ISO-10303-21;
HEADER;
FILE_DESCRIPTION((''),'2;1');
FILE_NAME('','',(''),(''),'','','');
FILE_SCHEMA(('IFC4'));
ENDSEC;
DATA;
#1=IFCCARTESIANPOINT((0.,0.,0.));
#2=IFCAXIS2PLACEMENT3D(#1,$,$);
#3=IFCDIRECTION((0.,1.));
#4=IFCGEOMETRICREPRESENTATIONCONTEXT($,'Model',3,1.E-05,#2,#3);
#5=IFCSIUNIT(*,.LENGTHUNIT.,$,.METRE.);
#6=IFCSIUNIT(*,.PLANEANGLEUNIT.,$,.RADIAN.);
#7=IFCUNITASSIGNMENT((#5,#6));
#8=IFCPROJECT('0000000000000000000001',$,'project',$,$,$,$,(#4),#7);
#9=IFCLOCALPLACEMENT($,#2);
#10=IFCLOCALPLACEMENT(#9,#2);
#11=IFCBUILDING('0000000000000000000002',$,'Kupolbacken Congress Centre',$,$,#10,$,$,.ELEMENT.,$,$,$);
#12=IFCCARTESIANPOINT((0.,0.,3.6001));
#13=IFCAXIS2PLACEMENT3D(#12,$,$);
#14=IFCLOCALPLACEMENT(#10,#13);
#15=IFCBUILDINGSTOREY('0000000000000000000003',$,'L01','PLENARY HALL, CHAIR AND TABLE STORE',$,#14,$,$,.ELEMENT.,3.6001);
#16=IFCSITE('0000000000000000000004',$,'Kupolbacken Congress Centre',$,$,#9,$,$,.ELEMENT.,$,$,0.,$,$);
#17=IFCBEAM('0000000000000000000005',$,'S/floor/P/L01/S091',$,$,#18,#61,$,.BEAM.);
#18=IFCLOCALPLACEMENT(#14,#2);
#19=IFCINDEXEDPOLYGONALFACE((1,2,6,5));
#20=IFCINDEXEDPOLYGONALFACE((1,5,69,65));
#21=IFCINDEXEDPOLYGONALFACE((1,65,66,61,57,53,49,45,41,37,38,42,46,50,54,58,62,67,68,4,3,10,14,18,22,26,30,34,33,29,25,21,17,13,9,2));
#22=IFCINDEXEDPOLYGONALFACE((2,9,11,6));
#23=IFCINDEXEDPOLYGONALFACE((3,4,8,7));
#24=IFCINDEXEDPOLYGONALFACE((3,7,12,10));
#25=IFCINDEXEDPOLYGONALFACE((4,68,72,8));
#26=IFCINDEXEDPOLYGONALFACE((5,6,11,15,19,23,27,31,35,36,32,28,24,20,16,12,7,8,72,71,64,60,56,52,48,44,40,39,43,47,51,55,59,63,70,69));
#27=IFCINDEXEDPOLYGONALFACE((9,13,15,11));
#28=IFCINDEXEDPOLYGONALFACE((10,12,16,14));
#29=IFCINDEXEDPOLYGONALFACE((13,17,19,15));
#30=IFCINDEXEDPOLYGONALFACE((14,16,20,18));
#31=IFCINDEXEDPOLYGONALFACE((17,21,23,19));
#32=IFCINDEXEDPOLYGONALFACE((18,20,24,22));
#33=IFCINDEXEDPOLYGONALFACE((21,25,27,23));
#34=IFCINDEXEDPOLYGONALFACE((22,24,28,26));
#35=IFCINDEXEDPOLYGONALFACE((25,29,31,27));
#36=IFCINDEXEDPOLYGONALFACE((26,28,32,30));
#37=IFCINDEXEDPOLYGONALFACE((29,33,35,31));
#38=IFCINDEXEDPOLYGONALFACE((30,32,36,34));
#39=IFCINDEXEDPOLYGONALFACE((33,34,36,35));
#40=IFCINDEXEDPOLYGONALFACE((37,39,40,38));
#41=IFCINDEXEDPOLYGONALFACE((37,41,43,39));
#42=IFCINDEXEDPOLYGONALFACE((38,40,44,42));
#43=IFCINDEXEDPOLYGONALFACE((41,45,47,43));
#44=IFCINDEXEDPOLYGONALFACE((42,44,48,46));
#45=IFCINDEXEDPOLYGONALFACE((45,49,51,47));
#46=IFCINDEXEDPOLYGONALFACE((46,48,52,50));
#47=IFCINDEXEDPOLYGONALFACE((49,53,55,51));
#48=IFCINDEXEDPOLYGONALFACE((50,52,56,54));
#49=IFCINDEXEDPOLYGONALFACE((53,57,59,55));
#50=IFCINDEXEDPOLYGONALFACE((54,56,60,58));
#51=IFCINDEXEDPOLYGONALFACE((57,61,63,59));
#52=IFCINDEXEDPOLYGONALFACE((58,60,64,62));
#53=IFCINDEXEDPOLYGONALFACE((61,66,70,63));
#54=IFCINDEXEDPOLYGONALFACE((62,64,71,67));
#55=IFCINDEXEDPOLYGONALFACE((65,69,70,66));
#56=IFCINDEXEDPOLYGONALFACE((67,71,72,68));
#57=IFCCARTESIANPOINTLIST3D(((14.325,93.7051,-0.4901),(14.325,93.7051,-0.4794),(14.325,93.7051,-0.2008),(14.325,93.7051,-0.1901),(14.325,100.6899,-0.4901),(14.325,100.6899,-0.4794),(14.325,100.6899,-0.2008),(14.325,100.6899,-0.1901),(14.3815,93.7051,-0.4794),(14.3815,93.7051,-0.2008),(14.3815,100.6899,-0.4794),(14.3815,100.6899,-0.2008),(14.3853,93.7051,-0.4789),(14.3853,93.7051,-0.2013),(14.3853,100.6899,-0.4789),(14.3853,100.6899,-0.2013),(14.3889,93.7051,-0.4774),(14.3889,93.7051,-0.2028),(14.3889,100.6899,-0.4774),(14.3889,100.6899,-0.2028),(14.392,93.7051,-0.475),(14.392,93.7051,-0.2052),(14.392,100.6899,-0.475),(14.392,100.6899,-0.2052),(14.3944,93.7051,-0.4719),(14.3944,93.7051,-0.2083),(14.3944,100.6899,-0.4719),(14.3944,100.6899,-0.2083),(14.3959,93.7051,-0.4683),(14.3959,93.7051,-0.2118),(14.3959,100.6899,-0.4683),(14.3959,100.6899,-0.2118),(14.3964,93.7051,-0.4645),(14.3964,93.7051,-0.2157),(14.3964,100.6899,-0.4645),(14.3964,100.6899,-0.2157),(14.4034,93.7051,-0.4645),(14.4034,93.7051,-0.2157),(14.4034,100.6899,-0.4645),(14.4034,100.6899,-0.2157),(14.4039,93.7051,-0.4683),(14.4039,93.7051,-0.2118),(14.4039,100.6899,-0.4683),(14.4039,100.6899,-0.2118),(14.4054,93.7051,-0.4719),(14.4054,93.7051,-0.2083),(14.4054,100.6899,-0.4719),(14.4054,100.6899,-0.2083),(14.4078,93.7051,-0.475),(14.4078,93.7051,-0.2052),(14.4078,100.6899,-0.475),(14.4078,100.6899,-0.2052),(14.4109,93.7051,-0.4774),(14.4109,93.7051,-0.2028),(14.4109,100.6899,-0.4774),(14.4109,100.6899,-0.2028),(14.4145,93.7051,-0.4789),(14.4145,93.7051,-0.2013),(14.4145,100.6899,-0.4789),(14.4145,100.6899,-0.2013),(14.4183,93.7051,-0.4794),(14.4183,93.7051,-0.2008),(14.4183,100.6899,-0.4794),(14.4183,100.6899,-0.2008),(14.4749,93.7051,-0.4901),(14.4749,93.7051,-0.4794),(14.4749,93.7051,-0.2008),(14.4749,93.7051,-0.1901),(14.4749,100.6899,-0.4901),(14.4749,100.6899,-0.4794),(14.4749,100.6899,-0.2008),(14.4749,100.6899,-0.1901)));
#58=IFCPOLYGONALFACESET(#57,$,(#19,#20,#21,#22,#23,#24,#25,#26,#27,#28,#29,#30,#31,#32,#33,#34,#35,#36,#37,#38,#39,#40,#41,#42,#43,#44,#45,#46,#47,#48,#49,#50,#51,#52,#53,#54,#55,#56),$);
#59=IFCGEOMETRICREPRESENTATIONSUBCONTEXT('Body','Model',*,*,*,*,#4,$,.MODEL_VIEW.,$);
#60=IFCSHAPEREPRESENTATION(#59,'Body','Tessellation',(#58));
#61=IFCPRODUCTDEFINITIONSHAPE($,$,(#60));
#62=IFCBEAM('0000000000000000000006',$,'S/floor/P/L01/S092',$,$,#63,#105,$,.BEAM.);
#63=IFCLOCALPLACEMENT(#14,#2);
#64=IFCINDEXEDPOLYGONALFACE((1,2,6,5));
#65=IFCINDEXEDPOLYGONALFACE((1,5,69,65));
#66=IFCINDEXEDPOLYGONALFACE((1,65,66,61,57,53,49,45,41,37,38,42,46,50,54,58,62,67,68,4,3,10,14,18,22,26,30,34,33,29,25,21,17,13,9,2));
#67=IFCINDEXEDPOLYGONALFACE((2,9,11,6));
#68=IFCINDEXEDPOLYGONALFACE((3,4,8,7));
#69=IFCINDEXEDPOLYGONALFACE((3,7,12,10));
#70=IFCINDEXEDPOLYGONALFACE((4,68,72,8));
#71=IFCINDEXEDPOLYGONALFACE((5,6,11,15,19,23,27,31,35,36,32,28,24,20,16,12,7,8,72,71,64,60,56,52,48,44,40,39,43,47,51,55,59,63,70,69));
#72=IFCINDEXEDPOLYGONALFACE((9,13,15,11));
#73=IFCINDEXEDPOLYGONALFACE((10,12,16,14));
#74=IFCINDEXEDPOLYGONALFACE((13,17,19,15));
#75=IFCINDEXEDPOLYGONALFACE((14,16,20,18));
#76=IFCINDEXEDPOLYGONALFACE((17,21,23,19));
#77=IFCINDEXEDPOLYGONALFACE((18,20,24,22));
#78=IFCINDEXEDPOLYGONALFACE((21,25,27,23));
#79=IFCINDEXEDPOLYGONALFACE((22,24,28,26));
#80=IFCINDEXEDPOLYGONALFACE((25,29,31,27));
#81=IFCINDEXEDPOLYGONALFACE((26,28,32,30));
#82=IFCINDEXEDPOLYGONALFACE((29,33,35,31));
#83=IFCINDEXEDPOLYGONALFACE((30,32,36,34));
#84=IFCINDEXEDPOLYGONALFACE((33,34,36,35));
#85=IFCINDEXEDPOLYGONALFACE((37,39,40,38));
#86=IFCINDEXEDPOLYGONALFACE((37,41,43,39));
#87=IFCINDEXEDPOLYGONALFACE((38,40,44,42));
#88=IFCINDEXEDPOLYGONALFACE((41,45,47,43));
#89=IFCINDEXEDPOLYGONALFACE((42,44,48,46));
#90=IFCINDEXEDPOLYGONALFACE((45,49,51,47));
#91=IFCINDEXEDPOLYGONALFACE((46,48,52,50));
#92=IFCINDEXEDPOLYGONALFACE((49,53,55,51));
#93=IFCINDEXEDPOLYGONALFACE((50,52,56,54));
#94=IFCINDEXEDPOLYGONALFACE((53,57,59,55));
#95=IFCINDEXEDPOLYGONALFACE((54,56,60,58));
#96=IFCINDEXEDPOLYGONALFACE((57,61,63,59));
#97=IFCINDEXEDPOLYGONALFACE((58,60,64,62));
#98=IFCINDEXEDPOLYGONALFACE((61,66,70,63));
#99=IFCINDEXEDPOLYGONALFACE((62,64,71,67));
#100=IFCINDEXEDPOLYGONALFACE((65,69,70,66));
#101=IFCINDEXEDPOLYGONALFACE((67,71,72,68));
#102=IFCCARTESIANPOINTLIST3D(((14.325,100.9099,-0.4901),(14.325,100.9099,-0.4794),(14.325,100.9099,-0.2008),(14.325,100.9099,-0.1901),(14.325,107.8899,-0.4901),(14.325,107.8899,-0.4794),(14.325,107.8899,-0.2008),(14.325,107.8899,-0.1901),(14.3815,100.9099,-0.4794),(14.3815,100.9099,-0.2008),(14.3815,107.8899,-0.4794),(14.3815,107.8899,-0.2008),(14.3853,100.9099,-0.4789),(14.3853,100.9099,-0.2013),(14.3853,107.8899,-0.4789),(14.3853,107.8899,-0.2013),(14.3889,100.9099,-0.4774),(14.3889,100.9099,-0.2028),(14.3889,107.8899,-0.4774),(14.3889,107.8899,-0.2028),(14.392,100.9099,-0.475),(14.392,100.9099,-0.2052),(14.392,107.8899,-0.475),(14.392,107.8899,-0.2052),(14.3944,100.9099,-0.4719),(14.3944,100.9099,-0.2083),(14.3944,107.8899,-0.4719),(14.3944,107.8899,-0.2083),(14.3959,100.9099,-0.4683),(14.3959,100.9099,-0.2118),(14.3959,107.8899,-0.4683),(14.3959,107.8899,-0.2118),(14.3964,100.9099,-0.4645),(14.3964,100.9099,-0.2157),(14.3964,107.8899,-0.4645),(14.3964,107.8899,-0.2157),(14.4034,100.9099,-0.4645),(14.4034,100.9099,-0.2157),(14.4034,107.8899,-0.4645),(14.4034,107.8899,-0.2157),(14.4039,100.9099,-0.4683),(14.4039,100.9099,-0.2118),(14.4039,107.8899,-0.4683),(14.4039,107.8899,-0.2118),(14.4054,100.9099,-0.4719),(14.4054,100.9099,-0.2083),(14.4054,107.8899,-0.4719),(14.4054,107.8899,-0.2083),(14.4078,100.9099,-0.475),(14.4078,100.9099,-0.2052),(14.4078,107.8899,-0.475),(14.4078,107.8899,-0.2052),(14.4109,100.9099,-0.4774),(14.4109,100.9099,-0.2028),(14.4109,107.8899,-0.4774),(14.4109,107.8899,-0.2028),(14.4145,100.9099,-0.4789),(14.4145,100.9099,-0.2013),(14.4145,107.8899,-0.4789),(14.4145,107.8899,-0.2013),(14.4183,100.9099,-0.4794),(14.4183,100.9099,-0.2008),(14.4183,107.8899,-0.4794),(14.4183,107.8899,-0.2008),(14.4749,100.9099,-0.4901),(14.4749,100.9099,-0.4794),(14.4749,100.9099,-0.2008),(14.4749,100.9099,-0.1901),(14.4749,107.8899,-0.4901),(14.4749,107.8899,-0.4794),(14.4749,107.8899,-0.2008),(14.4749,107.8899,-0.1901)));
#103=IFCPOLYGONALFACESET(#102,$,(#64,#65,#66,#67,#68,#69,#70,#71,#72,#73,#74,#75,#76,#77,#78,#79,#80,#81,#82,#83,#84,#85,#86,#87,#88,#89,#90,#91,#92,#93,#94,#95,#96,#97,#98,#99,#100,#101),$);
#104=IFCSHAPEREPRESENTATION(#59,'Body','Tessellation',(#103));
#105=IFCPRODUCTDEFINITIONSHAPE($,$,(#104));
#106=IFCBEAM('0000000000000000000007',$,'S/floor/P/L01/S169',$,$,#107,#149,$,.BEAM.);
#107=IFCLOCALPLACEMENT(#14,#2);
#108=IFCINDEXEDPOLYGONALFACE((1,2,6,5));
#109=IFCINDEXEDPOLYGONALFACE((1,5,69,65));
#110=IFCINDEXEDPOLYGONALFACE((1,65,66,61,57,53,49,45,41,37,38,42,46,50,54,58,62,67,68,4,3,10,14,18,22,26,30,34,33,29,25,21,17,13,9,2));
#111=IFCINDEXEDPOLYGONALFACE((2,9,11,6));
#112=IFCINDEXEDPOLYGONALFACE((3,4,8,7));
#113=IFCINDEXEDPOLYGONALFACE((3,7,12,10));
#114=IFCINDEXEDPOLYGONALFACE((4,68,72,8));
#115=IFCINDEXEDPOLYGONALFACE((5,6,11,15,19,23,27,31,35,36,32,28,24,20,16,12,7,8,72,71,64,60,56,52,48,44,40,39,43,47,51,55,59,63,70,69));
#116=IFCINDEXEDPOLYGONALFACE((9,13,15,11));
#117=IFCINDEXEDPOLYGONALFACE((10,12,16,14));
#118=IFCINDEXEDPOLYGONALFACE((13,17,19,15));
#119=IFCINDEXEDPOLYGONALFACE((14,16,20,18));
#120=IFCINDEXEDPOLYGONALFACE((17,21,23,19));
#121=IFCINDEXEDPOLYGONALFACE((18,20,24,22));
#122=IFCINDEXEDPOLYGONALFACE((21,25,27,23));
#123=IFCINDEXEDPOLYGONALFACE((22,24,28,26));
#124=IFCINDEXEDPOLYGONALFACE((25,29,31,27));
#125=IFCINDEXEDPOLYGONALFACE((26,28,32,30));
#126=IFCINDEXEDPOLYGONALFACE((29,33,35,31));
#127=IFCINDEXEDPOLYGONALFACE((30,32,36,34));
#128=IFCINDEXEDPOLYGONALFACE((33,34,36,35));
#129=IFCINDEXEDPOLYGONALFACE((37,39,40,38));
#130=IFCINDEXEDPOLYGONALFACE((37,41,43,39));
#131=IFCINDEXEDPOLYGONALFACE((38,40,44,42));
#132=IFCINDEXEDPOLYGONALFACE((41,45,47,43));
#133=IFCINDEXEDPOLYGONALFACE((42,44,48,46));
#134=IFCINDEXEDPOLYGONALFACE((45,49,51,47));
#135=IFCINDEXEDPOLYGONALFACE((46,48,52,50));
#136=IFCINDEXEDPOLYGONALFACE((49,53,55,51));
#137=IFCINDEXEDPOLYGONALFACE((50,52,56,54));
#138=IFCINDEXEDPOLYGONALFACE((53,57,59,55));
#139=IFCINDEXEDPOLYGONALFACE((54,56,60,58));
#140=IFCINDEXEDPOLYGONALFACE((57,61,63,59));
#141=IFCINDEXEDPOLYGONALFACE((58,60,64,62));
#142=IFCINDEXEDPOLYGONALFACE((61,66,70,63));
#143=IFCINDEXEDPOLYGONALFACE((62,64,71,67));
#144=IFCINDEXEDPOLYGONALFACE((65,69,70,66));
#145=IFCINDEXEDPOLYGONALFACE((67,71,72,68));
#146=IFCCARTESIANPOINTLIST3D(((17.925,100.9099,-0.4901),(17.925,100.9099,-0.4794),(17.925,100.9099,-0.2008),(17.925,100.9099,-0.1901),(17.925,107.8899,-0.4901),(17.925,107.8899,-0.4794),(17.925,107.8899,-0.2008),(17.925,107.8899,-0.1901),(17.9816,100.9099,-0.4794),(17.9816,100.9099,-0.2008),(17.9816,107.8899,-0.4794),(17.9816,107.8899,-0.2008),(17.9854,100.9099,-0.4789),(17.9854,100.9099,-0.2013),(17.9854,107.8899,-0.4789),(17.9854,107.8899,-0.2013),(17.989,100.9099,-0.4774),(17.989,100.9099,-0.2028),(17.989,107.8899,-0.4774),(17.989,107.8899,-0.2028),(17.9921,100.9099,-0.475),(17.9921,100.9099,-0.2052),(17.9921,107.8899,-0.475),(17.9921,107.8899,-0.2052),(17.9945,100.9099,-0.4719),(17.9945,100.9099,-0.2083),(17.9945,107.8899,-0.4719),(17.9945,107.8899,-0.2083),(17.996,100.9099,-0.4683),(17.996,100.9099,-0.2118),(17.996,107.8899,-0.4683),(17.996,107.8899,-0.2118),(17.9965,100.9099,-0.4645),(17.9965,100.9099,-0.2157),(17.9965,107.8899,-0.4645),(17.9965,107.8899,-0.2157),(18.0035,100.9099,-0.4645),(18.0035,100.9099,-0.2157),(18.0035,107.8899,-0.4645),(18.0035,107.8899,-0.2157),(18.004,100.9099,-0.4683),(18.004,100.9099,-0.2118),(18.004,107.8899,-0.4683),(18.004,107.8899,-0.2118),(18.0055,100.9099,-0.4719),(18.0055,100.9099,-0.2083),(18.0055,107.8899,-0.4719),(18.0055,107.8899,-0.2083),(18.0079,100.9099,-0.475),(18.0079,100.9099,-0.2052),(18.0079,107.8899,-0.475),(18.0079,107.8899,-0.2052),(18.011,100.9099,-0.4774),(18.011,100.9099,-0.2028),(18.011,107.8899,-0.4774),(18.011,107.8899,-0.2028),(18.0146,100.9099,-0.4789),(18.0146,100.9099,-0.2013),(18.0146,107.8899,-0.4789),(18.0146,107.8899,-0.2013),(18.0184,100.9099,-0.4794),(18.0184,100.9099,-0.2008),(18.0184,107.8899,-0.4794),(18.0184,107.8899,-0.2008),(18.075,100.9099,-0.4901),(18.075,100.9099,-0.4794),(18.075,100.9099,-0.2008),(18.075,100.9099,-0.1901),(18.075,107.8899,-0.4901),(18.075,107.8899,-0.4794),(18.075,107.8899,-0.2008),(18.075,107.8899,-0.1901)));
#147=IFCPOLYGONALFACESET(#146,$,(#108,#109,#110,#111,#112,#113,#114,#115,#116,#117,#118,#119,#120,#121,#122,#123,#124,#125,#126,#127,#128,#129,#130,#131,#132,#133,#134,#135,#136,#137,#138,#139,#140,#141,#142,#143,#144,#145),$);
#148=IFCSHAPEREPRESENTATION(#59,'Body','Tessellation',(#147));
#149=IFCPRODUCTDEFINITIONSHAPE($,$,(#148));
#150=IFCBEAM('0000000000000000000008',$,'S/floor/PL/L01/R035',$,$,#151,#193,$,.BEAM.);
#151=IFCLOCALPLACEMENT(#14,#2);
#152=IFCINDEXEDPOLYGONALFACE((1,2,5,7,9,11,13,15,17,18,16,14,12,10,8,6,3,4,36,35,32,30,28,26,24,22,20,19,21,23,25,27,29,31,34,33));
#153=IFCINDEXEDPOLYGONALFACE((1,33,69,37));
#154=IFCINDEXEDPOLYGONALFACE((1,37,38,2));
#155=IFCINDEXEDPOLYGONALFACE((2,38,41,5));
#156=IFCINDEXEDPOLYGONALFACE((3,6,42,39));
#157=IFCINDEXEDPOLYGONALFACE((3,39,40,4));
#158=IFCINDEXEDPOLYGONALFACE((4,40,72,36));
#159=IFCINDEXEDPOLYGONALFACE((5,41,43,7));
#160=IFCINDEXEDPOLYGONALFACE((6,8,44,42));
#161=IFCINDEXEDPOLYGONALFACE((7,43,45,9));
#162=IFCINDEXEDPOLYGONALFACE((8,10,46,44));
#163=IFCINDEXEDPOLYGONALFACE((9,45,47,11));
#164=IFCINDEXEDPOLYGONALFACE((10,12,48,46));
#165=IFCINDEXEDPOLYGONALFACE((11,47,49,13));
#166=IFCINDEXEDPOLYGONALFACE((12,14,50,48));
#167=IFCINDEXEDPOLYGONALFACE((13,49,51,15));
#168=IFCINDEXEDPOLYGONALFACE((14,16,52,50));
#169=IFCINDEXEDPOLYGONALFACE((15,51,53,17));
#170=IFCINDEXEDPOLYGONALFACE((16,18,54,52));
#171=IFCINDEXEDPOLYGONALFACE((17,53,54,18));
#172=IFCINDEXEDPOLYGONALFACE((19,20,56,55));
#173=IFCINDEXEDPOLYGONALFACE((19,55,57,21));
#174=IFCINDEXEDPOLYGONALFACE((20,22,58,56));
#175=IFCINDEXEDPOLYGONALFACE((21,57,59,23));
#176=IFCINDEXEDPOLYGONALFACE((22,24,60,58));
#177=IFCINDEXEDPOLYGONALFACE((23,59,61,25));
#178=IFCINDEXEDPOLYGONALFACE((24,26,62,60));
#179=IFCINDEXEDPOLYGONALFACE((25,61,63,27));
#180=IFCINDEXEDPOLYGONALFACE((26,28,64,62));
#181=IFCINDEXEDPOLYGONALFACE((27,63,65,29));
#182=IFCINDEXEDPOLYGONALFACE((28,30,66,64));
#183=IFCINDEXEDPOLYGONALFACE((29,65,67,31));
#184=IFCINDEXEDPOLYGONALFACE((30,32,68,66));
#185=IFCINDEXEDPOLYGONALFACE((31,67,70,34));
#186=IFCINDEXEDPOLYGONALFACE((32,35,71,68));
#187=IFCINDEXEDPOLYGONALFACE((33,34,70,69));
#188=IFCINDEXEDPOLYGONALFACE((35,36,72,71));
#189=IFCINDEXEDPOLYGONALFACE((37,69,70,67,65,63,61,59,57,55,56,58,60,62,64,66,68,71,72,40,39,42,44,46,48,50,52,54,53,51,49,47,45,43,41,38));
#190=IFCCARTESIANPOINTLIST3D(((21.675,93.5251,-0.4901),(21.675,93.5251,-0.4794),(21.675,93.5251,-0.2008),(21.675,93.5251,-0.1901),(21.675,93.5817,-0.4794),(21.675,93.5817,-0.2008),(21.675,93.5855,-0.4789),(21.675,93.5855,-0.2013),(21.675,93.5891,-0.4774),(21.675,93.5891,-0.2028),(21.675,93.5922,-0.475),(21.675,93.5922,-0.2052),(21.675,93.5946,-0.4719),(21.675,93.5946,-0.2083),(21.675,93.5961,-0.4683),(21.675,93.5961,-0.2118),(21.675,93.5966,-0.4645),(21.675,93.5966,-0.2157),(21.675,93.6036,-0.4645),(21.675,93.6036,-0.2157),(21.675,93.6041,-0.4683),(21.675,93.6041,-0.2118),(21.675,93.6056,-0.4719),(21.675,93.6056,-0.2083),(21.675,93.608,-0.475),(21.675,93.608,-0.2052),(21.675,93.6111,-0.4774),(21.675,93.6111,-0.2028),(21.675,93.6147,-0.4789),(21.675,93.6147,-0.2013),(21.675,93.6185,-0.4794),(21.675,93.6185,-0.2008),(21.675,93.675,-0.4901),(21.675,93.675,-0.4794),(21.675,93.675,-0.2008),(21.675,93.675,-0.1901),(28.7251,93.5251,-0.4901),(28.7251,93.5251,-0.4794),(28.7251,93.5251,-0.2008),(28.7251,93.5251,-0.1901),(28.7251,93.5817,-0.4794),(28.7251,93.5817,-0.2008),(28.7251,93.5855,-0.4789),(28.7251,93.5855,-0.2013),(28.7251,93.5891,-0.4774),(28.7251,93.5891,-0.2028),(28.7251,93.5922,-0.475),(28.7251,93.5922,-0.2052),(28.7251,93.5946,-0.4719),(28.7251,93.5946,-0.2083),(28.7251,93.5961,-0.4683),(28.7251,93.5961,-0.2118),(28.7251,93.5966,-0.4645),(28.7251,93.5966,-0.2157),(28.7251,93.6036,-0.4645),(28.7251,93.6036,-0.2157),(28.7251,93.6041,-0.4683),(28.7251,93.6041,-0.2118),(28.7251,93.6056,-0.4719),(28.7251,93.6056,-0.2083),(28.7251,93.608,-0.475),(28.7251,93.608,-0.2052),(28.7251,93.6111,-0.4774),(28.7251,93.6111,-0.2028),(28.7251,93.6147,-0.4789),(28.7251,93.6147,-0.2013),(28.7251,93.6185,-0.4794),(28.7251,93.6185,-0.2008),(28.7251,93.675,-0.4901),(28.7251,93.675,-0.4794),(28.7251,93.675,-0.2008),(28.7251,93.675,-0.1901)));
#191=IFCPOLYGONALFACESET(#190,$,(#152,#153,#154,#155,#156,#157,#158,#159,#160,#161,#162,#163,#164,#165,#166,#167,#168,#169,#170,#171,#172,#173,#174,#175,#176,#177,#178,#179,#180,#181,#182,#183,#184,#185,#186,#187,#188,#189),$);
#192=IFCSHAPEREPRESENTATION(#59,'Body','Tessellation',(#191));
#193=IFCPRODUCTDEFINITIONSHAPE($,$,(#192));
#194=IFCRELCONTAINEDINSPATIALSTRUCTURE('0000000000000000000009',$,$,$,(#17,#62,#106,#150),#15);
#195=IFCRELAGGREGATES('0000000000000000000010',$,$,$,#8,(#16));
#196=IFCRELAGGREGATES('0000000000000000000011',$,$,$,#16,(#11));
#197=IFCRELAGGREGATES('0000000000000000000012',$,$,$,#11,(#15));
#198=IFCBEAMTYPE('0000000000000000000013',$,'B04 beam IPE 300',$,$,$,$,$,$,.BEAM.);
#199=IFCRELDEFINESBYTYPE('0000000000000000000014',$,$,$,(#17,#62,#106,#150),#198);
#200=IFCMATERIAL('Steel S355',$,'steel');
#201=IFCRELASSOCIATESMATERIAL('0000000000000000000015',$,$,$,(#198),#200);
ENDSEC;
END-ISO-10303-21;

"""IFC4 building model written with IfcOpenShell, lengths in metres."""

from ifc_helpers import new_model, si_unit, direction, frame, origin, origin_2d, place, context, subcontext, project, spatial, i_section, extrude, material, material_profile, profile_set, type_object, element, save


model = new_model("IFC4")

# Units and contexts
model_context = context("Model", 3, precision=1e-05, world=origin(), true_north=direction((0.0, 1.0)))
body_context = subcontext(model_context, "Body", "Model", "MODEL_VIEW")
ifc_project = project(units=[si_unit("LENGTHUNIT", "METRE"), si_unit("PLANEANGLEUNIT", "RADIAN")], contexts=[model_context])

# Site, building, storey
site_placement = place(None, origin())
site = spatial("IfcSite", under=ifc_project, at=site_placement, Name="Kupolbacken Congress Centre", CompositionType="ELEMENT", RefElevation=0.0)
building_placement = place(site_placement, origin())
building = spatial("IfcBuilding", under=site, at=building_placement, Name="Kupolbacken Congress Centre", CompositionType="ELEMENT")
storey_placement = place(building_placement, frame((0.0, 0.0, 3.6001)))
storey = spatial("IfcBuildingStorey", under=building, at=storey_placement, Name="L01", Description="PLENARY HALL, CHAIR AND TABLE STORE", CompositionType="ELEMENT", Elevation=3.6001)

# Beams
ifc_material_1 = material(Name="Steel S355", Category="steel")
ifc_material_profile_1 = material_profile(ifc_material_1, i_section(OverallWidth=0.1499, OverallDepth=0.3, WebThickness=0.0071, FlangeThickness=0.0107, FilletRadius=0.0149, at=origin_2d()), Name="IPE 300")
ifc_profile_set_1 = profile_set([ifc_material_profile_1], Name="Steel S355")
beam_type_1 = type_object("IfcBeamType", Name="B04 beam IPE 300", PredefinedType="BEAM", material=ifc_profile_set_1)
beam_1_placement = place(storey_placement, frame((14.3999, 93.7051, -0.3401), z_axis=(0.0, 1.0, 0.0), x_axis=(-1.0, 0.0, 0.0)))
element("IfcBeam", 1, at=beam_1_placement, inside=storey, type_object=beam_type_1, Name="S/floor/P/L01/S091", PredefinedType="BEAM", context=body_context, shape_type="SweptSolid", body=[
    extrude(i_section(OverallWidth=0.1499, OverallDepth=0.3, WebThickness=0.0071, FlangeThickness=0.0107, FilletRadius=0.0149, at=origin_2d()), origin(), (0.0, 0.0, 1.0), 6.9849),
])
for number, where, z_axis, x_axis, name in (
    (2, (14.3999, 100.9099, -0.3401), (0.0, 1.0, 0.0), (-1.0, 0.0, 0.0), "S/floor/P/L01/S092"),
    (3, (18.0, 100.9099, -0.3401), (0.0, 1.0, 0.0), (-1.0, 0.0, 0.0), "S/floor/P/L01/S169"),
):
    element("IfcBeam", number, at=place(storey_placement, frame(where, z_axis=z_axis, x_axis=x_axis)), inside=storey, type_object=beam_type_1, Name=name, PredefinedType="BEAM", context=body_context, shape_type="SweptSolid", body=[
        extrude(i_section(OverallWidth=0.1499, OverallDepth=0.3, WebThickness=0.0071, FlangeThickness=0.0107, FilletRadius=0.0149, at=origin_2d()), origin(), (0.0, 0.0, 1.0), 6.98),
    ])
beam_2_placement = place(storey_placement, frame((21.675, 93.6001, -0.3401), z_axis=(1.0, 0.0, 0.0), x_axis=(0.0, 1.0, 0.0)))
element("IfcBeam", 4, at=beam_2_placement, inside=storey, type_object=beam_type_1, Name="S/floor/PL/L01/R035", PredefinedType="BEAM", context=body_context, shape_type="SweptSolid", body=[
    extrude(i_section(OverallWidth=0.1499, OverallDepth=0.3, WebThickness=0.0071, FlangeThickness=0.0107, FilletRadius=0.0149, at=origin_2d()), origin(), (0.0, 0.0, 1.0), 7.05),
])

save(model, "model.ifc")
